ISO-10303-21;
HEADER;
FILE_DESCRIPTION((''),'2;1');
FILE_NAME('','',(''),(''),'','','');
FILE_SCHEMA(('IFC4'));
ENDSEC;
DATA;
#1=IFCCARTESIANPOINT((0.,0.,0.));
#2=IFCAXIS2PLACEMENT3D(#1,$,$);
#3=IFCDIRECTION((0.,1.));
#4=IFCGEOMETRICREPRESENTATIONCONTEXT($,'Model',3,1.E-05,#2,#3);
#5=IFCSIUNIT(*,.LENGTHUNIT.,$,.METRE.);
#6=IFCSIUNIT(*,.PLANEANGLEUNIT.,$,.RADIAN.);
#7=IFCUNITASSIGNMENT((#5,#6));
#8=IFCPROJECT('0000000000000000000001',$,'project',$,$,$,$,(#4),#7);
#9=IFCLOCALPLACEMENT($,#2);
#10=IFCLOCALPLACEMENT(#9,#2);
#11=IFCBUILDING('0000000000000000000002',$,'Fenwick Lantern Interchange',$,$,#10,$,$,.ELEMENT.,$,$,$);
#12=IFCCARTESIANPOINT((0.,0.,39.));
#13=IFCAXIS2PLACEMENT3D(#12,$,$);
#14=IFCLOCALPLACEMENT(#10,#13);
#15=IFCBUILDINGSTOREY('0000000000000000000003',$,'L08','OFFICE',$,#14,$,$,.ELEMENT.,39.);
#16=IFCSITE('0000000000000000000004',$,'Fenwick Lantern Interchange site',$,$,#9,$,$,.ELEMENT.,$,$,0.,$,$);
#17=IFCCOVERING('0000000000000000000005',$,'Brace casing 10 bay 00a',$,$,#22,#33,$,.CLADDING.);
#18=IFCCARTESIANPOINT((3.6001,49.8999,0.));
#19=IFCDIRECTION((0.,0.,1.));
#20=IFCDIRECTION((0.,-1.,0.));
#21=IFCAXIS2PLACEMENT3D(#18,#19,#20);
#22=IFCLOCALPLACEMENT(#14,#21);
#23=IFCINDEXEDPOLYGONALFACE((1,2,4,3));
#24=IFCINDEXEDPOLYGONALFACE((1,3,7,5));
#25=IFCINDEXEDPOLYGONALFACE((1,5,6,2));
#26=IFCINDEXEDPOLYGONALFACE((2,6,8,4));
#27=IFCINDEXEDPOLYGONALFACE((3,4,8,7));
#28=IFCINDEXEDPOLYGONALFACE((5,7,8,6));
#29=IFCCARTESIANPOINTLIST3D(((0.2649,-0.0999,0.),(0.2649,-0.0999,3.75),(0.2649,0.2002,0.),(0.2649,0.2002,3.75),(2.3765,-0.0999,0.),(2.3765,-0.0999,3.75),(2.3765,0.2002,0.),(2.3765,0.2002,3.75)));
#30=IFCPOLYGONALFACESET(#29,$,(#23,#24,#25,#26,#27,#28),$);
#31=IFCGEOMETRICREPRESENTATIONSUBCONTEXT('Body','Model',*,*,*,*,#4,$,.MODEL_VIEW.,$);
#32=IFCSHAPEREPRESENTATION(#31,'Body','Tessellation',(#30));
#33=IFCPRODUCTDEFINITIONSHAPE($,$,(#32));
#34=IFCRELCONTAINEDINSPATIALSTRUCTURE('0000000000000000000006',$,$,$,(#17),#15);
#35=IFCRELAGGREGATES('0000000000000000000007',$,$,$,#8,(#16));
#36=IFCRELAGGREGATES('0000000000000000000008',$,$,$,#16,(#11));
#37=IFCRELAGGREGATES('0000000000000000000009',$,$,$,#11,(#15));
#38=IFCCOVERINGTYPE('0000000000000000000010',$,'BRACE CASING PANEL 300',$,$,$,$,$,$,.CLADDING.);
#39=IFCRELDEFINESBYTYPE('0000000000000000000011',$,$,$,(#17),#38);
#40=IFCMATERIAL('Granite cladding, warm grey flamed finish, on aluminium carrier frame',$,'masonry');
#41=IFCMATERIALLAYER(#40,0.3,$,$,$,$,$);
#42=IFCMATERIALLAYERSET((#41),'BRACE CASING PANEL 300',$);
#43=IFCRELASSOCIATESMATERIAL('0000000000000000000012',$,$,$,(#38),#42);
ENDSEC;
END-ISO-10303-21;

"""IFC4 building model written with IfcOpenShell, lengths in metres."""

from ifc_helpers import new_model, si_unit, direction, frame, origin, place, context, subcontext, project, spatial, polyline, outline, extrude, material, layer, layer_set, type_object, element, save


model = new_model("IFC4")

# Units and contexts
model_context = context("Model", 3, precision=1e-05, world=origin(), true_north=direction((0.0, 1.0)))
body_context = subcontext(model_context, "Body", "Model", "MODEL_VIEW")
ifc_project = project(units=[si_unit("LENGTHUNIT", "METRE"), si_unit("PLANEANGLEUNIT", "RADIAN")], contexts=[model_context])

# Site, building, storey
site_placement = place(None, origin())
site = spatial("IfcSite", under=ifc_project, at=site_placement, Name="Fenwick Lantern Interchange site", CompositionType="ELEMENT", RefElevation=0.0)
building_placement = place(site_placement, origin())
building = spatial("IfcBuilding", under=site, at=building_placement, Name="Fenwick Lantern Interchange", CompositionType="ELEMENT")
storey_placement = place(building_placement, frame((0.0, 0.0, 39.0)))
storey = spatial("IfcBuildingStorey", under=building, at=storey_placement, Name="L08", Description="OFFICE", CompositionType="ELEMENT", Elevation=39.0)

# Covering
ifc_material_1 = material(Name="Granite cladding, warm grey flamed finish, on aluminium carrier frame", Category="masonry")
ifc_layer_1 = layer(ifc_material_1, 0.3)
ifc_layer_set_1 = layer_set([ifc_layer_1], Name="BRACE CASING PANEL 300")
covering_type = type_object("IfcCoveringType", Name="BRACE CASING PANEL 300", PredefinedType="CLADDING", material=ifc_layer_set_1)
covering_placement = place(storey_placement, frame((3.6001, 49.8999, 0.0), z_axis=(0.0, 0.0, 1.0), x_axis=(0.0, -1.0, 0.0)))
element("IfcCovering", 1, at=covering_placement, inside=storey, type_object=covering_type, Name="Brace casing 10 bay 00a", PredefinedType="CLADDING", context=body_context, shape_type="SweptSolid", body=[
    extrude(outline(polyline([(0.2649, 0.0), (2.3765, 0.0), (2.3765, 3.75), (0.2649, 3.75), (0.2649, 0.0)])), frame((0.0, 0.2002, 0.0), z_axis=(0.0, -1.0, 0.0), x_axis=(1.0, 0.0, 0.0)), (0.0, 0.0, 1.0), 0.3),
])

save(model, "model.ifc")
